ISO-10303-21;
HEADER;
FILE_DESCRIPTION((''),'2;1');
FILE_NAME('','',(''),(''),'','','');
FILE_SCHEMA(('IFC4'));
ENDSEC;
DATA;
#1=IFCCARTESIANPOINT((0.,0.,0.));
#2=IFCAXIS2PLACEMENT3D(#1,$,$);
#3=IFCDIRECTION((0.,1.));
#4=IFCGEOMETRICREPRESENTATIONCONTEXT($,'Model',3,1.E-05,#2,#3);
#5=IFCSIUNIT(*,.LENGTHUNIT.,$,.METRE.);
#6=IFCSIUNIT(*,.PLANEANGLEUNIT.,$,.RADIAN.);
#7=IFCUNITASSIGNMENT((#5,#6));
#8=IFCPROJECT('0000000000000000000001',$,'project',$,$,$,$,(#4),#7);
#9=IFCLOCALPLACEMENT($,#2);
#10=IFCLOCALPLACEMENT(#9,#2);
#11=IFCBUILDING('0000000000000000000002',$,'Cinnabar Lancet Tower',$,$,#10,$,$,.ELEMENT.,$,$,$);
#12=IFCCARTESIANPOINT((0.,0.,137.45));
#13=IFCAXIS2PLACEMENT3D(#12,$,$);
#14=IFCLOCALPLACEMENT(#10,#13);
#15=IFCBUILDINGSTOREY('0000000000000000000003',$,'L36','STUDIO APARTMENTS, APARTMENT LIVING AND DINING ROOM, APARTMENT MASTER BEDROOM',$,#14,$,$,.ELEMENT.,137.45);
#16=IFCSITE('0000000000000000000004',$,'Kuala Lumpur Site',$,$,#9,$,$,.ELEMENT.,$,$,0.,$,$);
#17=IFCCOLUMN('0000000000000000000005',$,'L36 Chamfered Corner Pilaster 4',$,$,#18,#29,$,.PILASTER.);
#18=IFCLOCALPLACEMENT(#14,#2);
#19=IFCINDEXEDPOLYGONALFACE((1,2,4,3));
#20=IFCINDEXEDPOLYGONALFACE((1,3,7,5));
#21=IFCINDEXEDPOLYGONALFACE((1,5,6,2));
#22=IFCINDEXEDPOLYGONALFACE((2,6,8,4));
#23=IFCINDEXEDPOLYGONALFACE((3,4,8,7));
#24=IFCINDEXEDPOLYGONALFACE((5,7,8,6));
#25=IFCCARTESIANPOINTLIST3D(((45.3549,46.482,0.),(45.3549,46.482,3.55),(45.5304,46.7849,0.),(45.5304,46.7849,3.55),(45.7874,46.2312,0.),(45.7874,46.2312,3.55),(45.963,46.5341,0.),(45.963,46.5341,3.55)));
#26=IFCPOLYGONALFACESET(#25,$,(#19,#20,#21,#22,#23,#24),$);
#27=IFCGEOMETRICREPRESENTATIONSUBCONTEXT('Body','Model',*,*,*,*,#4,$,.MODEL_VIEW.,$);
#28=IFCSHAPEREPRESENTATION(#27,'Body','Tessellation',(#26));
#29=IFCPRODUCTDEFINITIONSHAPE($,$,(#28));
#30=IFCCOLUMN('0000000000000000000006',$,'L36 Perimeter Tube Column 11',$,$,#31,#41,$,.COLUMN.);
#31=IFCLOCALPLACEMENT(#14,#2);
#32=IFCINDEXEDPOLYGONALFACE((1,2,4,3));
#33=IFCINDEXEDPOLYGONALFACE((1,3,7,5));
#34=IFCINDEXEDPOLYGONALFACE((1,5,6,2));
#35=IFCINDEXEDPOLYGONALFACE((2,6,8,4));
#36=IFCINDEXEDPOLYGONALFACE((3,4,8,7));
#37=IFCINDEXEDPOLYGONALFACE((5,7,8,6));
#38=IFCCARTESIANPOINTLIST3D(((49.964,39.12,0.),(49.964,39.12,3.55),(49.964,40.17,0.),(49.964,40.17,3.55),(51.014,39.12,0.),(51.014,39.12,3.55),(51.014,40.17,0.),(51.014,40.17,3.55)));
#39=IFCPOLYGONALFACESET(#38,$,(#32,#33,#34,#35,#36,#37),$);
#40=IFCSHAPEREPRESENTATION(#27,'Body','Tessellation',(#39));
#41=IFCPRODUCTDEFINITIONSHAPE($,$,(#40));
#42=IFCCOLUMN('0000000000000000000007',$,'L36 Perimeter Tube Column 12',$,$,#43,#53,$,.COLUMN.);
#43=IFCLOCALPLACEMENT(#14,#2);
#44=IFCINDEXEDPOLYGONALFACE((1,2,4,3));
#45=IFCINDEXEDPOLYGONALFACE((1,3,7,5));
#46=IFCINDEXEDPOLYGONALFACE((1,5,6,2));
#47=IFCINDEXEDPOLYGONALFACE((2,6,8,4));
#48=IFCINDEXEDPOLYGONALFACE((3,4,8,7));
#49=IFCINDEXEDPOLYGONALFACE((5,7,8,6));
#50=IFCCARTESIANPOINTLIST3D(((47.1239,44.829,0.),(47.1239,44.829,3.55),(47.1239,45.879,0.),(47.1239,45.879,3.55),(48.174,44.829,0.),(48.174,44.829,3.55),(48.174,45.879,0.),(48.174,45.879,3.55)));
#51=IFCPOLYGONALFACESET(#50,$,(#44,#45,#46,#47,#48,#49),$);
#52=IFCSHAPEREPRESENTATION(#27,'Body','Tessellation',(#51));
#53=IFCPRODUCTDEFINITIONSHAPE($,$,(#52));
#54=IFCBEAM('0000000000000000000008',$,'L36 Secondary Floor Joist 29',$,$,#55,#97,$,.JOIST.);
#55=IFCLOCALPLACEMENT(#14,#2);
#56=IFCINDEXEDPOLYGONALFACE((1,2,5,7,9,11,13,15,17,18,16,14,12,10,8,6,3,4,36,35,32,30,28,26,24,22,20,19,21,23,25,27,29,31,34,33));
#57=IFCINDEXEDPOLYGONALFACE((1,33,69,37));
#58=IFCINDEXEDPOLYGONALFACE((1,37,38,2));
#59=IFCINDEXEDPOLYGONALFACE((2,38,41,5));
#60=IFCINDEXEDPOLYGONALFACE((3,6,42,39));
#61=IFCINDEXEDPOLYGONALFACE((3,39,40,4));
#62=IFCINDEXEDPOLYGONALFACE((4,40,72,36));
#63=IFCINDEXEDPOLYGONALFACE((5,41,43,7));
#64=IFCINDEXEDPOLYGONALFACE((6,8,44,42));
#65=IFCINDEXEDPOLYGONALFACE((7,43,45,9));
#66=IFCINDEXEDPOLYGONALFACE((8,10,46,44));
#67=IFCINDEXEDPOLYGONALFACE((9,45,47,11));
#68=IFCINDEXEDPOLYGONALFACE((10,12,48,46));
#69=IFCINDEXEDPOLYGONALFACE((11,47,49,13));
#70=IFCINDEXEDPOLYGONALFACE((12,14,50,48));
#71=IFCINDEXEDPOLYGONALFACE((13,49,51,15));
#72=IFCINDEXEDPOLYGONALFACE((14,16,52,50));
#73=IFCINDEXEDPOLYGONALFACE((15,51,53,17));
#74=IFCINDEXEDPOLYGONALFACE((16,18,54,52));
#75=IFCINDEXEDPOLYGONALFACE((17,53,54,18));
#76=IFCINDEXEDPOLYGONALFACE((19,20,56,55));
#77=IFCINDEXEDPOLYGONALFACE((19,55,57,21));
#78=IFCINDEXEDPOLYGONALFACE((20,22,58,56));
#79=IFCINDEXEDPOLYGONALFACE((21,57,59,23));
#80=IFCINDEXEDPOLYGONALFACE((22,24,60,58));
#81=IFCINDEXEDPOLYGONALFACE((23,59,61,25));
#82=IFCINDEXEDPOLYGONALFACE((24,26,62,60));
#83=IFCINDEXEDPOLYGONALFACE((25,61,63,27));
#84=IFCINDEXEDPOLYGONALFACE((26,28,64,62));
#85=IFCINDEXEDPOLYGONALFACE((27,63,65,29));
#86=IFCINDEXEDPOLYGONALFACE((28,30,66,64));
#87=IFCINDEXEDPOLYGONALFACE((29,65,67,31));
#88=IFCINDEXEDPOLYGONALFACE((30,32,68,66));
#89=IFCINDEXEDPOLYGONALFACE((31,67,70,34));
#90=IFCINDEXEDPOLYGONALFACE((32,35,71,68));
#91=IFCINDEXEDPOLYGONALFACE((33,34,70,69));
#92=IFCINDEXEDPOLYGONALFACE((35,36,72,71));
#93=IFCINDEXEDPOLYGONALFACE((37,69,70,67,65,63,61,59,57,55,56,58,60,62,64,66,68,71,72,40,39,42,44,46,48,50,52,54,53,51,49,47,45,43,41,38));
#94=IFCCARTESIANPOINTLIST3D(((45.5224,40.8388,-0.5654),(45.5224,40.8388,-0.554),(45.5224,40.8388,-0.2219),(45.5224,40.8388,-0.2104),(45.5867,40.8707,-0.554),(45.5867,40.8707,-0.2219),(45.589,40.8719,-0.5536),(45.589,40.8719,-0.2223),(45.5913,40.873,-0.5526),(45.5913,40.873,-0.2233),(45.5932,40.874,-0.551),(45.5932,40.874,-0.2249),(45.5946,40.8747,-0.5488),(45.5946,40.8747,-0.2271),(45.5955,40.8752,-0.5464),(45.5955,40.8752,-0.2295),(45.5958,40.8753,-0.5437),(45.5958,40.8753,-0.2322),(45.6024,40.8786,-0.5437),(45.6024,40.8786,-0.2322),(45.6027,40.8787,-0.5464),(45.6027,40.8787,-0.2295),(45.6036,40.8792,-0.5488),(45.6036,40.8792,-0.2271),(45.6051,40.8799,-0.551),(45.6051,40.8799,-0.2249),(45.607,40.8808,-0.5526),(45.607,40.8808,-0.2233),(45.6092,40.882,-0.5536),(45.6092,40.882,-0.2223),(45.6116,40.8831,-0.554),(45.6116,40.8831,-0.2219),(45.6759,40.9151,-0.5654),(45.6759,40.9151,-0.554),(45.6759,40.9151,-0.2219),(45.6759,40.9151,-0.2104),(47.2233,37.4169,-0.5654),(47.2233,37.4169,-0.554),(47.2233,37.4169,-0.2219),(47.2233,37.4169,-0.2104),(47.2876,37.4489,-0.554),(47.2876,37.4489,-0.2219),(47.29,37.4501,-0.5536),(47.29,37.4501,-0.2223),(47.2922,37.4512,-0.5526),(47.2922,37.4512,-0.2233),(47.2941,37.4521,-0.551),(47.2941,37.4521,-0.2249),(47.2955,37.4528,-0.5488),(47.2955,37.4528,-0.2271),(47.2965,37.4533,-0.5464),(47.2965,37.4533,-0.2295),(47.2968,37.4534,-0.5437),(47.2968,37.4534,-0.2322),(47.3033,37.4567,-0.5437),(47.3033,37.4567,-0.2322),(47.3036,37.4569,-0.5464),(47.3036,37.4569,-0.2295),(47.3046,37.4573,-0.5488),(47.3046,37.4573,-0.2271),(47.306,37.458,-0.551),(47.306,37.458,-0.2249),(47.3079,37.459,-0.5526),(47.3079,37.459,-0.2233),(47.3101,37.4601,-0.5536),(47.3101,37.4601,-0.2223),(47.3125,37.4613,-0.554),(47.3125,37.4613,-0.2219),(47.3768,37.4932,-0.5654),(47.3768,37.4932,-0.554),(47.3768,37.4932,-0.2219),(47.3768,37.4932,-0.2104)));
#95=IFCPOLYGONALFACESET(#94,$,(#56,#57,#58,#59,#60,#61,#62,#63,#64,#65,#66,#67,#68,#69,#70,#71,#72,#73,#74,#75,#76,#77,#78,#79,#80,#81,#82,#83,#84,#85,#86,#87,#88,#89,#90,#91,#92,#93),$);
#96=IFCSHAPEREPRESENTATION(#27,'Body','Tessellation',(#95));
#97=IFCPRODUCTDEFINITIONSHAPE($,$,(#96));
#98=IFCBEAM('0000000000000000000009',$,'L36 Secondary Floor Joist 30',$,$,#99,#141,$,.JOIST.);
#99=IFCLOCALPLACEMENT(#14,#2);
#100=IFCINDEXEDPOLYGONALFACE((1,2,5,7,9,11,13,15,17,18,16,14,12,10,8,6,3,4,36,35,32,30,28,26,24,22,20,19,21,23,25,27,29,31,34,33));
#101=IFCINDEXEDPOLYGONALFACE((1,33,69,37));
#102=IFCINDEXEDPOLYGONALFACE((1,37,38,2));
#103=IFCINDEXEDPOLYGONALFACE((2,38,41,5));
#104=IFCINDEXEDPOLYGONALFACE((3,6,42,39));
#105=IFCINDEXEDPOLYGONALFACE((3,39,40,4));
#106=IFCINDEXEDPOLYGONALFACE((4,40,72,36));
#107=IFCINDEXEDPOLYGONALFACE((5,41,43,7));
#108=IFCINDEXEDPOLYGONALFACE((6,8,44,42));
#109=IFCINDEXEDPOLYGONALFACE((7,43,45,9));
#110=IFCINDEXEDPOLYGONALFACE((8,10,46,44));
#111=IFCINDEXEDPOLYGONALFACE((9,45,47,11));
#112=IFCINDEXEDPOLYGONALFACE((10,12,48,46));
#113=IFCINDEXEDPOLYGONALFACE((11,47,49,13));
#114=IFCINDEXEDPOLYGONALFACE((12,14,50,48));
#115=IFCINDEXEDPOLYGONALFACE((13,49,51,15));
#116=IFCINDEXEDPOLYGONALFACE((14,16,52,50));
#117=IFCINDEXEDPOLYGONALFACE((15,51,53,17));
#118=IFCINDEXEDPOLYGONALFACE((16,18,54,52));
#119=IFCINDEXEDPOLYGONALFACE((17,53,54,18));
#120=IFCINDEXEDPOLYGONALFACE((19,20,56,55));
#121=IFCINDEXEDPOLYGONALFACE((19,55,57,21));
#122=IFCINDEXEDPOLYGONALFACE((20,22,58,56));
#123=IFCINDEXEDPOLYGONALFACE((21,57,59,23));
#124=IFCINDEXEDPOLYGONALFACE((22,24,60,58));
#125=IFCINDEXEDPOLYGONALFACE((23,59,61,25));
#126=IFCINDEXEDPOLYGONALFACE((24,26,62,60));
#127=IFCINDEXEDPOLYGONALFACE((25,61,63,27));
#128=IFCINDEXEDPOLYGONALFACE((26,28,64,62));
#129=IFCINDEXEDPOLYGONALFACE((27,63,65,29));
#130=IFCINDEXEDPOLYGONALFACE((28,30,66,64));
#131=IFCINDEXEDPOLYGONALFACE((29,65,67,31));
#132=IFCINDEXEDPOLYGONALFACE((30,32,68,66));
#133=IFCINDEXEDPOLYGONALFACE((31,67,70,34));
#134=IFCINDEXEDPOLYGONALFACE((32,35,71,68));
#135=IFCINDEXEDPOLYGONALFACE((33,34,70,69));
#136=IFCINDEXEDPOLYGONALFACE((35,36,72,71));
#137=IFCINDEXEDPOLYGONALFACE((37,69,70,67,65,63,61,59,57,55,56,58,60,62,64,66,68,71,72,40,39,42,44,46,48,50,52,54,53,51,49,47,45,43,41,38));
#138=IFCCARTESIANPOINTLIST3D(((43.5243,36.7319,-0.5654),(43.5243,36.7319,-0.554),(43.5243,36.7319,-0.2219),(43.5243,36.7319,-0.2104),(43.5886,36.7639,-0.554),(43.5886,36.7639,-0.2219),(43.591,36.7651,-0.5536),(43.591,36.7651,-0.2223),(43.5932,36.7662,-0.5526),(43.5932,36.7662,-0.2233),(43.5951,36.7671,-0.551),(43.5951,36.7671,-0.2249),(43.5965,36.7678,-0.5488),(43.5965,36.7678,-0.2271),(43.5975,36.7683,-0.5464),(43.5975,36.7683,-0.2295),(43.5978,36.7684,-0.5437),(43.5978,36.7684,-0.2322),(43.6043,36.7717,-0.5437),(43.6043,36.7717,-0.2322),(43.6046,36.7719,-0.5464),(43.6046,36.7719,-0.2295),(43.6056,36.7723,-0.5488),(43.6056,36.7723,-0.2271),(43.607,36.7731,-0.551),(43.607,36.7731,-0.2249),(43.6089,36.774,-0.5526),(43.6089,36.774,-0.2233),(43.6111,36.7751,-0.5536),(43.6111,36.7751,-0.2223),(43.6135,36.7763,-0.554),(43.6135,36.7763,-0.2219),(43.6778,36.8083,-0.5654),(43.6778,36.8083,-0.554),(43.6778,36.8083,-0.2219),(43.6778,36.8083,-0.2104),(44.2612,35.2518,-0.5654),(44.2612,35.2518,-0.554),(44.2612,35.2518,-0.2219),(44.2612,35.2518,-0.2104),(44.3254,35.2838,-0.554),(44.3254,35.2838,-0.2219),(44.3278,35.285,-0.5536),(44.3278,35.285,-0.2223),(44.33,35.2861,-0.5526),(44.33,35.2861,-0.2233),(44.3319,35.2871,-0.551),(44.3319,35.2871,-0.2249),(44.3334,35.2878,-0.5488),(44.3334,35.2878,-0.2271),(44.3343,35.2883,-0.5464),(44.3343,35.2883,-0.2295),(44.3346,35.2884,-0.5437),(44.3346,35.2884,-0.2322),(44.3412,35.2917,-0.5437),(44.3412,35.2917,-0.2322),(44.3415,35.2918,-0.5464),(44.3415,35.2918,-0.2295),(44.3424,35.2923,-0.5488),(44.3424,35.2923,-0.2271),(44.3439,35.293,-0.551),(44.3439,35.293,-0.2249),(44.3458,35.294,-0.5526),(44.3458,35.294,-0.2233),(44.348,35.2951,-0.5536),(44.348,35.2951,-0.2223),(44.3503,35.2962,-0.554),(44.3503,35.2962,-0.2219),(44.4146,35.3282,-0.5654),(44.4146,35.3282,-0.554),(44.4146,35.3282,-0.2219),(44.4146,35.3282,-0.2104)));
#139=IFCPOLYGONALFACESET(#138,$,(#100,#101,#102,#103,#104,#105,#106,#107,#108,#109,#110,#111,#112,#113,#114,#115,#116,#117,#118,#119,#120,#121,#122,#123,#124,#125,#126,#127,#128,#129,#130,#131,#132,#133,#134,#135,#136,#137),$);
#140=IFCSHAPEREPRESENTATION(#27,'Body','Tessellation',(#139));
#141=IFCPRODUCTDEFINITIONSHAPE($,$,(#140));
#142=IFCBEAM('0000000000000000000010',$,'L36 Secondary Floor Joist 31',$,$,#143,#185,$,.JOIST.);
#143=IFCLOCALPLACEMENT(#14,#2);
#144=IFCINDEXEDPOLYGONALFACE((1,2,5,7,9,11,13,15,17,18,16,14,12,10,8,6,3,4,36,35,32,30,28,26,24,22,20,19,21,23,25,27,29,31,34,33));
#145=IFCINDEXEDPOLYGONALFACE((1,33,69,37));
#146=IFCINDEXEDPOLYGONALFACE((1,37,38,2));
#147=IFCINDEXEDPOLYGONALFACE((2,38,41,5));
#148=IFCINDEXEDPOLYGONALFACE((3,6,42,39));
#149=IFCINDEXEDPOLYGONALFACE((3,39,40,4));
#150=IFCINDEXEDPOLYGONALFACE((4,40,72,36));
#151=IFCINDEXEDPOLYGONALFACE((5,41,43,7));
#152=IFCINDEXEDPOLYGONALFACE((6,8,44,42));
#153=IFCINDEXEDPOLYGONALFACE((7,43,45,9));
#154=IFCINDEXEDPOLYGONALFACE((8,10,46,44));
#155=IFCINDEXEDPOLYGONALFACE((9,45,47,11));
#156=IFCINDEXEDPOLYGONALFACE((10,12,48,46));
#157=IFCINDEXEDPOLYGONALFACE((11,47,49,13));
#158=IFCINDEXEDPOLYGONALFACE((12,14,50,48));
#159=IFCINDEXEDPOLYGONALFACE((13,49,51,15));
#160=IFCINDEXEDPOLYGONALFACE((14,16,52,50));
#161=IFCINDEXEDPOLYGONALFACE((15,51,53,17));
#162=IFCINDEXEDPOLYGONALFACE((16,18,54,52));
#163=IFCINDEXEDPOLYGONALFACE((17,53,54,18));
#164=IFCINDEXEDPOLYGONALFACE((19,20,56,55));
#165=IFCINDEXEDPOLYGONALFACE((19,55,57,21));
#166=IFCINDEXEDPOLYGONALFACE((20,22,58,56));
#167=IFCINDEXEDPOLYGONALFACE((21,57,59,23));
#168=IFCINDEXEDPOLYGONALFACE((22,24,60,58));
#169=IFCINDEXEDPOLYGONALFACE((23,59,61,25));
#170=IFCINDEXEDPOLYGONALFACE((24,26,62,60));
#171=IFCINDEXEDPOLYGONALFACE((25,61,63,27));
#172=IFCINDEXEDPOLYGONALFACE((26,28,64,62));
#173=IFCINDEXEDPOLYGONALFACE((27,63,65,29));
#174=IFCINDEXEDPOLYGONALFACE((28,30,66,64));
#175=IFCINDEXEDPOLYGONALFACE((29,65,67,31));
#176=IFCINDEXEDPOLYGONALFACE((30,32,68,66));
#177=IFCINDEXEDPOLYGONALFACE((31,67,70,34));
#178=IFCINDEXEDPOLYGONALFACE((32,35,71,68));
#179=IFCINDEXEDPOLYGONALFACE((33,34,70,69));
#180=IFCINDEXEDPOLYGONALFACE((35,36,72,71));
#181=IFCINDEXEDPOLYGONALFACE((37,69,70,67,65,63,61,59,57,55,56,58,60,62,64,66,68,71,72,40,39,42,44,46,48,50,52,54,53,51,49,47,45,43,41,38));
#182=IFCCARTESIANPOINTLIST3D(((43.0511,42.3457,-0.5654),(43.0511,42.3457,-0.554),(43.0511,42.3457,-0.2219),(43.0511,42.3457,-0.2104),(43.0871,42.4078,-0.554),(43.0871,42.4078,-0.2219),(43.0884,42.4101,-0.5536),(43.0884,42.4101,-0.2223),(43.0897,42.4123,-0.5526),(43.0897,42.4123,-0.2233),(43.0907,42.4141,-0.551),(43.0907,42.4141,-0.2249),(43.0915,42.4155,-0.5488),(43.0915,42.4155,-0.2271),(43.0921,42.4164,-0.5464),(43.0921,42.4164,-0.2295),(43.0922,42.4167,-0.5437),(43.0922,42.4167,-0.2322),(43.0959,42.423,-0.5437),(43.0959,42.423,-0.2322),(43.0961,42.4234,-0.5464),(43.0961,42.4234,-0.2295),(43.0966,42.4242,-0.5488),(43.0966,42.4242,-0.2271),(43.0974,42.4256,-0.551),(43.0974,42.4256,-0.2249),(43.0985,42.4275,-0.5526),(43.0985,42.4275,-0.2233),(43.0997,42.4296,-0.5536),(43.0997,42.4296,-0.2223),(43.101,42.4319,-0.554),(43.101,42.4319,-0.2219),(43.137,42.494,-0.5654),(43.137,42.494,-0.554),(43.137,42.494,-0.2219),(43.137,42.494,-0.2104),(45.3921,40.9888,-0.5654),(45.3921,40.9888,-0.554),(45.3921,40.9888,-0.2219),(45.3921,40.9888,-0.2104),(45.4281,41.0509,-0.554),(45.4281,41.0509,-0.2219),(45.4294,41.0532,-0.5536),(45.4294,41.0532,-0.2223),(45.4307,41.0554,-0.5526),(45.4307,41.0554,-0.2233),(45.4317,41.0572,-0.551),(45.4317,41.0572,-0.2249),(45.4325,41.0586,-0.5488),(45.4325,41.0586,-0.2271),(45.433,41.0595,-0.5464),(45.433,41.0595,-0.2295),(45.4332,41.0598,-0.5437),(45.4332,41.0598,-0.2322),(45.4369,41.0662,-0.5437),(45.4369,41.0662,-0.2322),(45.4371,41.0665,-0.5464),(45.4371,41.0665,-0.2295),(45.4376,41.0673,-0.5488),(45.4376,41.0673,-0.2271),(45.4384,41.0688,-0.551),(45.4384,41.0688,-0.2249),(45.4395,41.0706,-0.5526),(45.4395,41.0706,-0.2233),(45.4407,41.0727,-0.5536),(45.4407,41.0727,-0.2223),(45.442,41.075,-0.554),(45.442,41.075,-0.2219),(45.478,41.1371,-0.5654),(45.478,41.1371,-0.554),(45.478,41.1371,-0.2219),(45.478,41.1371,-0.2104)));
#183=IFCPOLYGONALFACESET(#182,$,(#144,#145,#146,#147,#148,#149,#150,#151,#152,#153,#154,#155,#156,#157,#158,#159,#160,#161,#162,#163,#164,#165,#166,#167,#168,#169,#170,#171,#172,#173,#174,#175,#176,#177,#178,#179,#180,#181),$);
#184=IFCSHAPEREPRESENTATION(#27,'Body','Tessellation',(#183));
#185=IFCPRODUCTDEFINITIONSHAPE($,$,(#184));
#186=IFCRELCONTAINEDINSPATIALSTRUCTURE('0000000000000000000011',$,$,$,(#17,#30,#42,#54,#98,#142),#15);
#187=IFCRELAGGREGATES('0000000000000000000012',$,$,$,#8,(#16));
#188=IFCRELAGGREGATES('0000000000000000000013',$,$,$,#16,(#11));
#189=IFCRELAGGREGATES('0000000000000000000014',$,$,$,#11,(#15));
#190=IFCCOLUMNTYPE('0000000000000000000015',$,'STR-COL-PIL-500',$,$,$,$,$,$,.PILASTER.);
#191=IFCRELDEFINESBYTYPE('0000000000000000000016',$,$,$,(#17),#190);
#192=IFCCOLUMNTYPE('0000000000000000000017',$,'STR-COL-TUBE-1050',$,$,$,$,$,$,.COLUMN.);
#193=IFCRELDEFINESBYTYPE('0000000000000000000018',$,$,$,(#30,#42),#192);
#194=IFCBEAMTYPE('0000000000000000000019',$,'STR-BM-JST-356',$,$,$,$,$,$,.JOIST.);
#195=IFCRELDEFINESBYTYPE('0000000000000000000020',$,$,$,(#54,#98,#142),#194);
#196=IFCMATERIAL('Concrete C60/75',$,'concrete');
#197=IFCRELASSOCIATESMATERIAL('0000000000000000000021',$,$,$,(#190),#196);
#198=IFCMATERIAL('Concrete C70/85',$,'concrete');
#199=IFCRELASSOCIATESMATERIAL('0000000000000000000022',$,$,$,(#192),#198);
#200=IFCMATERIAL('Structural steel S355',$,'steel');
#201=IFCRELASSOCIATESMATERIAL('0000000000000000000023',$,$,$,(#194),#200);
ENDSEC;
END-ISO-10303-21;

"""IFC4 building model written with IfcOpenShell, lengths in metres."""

from ifc_helpers import new_model, si_unit, direction, frame, origin, origin_2d, place, context, subcontext, project, spatial, rectangle, i_section, extrude, material, material_profile, profile_set, type_object, element, save


model = new_model("IFC4")

# Units and contexts
model_context = context("Model", 3, precision=1e-05, world=origin(), true_north=direction((0.0, 1.0)))
body_context = subcontext(model_context, "Body", "Model", "MODEL_VIEW")
ifc_project = project(units=[si_unit("LENGTHUNIT", "METRE"), si_unit("PLANEANGLEUNIT", "RADIAN")], contexts=[model_context])

# Site, building, storey
site_placement = place(None, origin())
site = spatial("IfcSite", under=ifc_project, at=site_placement, Name="Kuala Lumpur Site", CompositionType="ELEMENT", RefElevation=0.0)
building_placement = place(site_placement, origin())
building = spatial("IfcBuilding", under=site, at=building_placement, Name="Cinnabar Lancet Tower", CompositionType="ELEMENT")
storey_placement = place(building_placement, frame((0.0, 0.0, 137.45)))
storey = spatial("IfcBuildingStorey", under=building, at=storey_placement, Name="L36", Description="STUDIO APARTMENTS, APARTMENT LIVING AND DINING ROOM, APARTMENT MASTER BEDROOM", CompositionType="ELEMENT", Elevation=137.45)

# Columns
ifc_material_1 = material(Name="Concrete C60/75", Category="concrete")
ifc_material_profile_1 = material_profile(ifc_material_1, rectangle(XDim=0.5, YDim=0.3501, at=origin_2d()), Name="RC-PIL 500x350")
ifc_profile_set_1 = profile_set([ifc_material_profile_1], Name="Concrete C60/75")
column_type_1 = type_object("IfcColumnType", Name="STR-COL-PIL-500", PredefinedType="PILASTER", material=ifc_profile_set_1)
column_placement = place(storey_placement, frame((45.6589, 46.5081, 0.0), z_axis=(0.0, 0.0, 1.0), x_axis=(-0.86516, 0.501496, 0.0)))
element("IfcColumn", 1, at=column_placement, inside=storey, type_object=column_type_1, Name="L36 Chamfered Corner Pilaster 4", PredefinedType="PILASTER", context=body_context, shape_type="SweptSolid", body=[
    extrude(rectangle(XDim=0.5, YDim=0.3501, at=origin_2d()), origin(), (0.0, 0.0, 1.0), 3.55),
])
ifc_material_2 = material(Name="Concrete C70/85", Category="concrete")
ifc_material_profile_2 = material_profile(ifc_material_2, rectangle(XDim=1.05, YDim=1.05, at=origin_2d()), Name="RC-COL 1050x1050")
ifc_profile_set_2 = profile_set([ifc_material_profile_2], Name="Concrete C70/85")
column_type_2 = type_object("IfcColumnType", Name="STR-COL-TUBE-1050", PredefinedType="COLUMN", material=ifc_profile_set_2)
for number, where, z_axis, x_axis, name in (
    (2, (50.489, 39.645, 0.0), (0.0, 0.0, 1.0), (1.0, 0.0, 0.0), "L36 Perimeter Tube Column 11"),
    (3, (47.6489, 45.354, 0.0), (0.0, 0.0, 1.0), (1.0, 0.0, 0.0), "L36 Perimeter Tube Column 12"),
):
    element("IfcColumn", number, at=place(storey_placement, frame(where, z_axis=z_axis, x_axis=x_axis)), inside=storey, type_object=column_type_2, Name=name, PredefinedType="COLUMN", context=body_context, shape_type="SweptSolid", body=[
        extrude(rectangle(XDim=1.05, YDim=1.05, at=origin_2d()), origin(), (0.0, 0.0, 1.0), 3.55),
    ])

# Beams
ifc_material_3 = material(Name="Structural steel S355", Category="steel")
ifc_material_profile_3 = material_profile(ifc_material_3, i_section(OverallWidth=0.1714, OverallDepth=0.355, WebThickness=0.0073, FlangeThickness=0.0115, FilletRadius=0.0103, at=origin_2d()), Name="UKB 356x171x51")
ifc_profile_set_3 = profile_set([ifc_material_profile_3], Name="Structural steel S355")
beam_type_1 = type_object("IfcBeamType", Name="STR-BM-JST-356", PredefinedType="JOIST", material=ifc_profile_set_3)
beam_1_placement = place(storey_placement, frame((47.3, 37.4551, -0.3879), z_axis=(-0.445117, 0.895473, 0.0), x_axis=(-0.895473, -0.445117, 0.0)))
element("IfcBeam", 4, at=beam_1_placement, inside=storey, type_object=beam_type_1, Name="L36 Secondary Floor Joist 29", PredefinedType="JOIST", context=body_context, shape_type="SweptSolid", body=[
    extrude(i_section(OverallWidth=0.1714, OverallDepth=0.355, WebThickness=0.0073, FlangeThickness=0.0115, FilletRadius=0.0103, at=origin_2d()), origin(), (0.0, 0.0, 1.0), 3.8213),
])
beam_2_placement = place(storey_placement, frame((44.3379, 35.29, -0.3879), z_axis=(-0.445677, 0.895194, 0.0), x_axis=(-0.895194, -0.445677, 0.0)))
element("IfcBeam", 5, at=beam_2_placement, inside=storey, type_object=beam_type_1, Name="L36 Secondary Floor Joist 30", PredefinedType="JOIST", context=body_context, shape_type="SweptSolid", body=[
    extrude(i_section(OverallWidth=0.1714, OverallDepth=0.355, WebThickness=0.0073, FlangeThickness=0.0115, FilletRadius=0.0103, at=origin_2d()), origin(), (0.0, 0.0, 1.0), 1.6533),
])
beam_3_placement = place(storey_placement, frame((45.4351, 41.063, -0.3879), z_axis=(-0.865173, 0.501474, 0.0), x_axis=(-0.501474, -0.865173, 0.0)))
element("IfcBeam", 6, at=beam_3_placement, inside=storey, type_object=beam_type_1, Name="L36 Secondary Floor Joist 31", PredefinedType="JOIST", context=body_context, shape_type="SweptSolid", body=[
    extrude(i_section(OverallWidth=0.1714, OverallDepth=0.355, WebThickness=0.0073, FlangeThickness=0.0115, FilletRadius=0.0103, at=origin_2d()), origin(), (0.0, 0.0, 1.0), 2.7058),
])

save(model, "model.ifc")
